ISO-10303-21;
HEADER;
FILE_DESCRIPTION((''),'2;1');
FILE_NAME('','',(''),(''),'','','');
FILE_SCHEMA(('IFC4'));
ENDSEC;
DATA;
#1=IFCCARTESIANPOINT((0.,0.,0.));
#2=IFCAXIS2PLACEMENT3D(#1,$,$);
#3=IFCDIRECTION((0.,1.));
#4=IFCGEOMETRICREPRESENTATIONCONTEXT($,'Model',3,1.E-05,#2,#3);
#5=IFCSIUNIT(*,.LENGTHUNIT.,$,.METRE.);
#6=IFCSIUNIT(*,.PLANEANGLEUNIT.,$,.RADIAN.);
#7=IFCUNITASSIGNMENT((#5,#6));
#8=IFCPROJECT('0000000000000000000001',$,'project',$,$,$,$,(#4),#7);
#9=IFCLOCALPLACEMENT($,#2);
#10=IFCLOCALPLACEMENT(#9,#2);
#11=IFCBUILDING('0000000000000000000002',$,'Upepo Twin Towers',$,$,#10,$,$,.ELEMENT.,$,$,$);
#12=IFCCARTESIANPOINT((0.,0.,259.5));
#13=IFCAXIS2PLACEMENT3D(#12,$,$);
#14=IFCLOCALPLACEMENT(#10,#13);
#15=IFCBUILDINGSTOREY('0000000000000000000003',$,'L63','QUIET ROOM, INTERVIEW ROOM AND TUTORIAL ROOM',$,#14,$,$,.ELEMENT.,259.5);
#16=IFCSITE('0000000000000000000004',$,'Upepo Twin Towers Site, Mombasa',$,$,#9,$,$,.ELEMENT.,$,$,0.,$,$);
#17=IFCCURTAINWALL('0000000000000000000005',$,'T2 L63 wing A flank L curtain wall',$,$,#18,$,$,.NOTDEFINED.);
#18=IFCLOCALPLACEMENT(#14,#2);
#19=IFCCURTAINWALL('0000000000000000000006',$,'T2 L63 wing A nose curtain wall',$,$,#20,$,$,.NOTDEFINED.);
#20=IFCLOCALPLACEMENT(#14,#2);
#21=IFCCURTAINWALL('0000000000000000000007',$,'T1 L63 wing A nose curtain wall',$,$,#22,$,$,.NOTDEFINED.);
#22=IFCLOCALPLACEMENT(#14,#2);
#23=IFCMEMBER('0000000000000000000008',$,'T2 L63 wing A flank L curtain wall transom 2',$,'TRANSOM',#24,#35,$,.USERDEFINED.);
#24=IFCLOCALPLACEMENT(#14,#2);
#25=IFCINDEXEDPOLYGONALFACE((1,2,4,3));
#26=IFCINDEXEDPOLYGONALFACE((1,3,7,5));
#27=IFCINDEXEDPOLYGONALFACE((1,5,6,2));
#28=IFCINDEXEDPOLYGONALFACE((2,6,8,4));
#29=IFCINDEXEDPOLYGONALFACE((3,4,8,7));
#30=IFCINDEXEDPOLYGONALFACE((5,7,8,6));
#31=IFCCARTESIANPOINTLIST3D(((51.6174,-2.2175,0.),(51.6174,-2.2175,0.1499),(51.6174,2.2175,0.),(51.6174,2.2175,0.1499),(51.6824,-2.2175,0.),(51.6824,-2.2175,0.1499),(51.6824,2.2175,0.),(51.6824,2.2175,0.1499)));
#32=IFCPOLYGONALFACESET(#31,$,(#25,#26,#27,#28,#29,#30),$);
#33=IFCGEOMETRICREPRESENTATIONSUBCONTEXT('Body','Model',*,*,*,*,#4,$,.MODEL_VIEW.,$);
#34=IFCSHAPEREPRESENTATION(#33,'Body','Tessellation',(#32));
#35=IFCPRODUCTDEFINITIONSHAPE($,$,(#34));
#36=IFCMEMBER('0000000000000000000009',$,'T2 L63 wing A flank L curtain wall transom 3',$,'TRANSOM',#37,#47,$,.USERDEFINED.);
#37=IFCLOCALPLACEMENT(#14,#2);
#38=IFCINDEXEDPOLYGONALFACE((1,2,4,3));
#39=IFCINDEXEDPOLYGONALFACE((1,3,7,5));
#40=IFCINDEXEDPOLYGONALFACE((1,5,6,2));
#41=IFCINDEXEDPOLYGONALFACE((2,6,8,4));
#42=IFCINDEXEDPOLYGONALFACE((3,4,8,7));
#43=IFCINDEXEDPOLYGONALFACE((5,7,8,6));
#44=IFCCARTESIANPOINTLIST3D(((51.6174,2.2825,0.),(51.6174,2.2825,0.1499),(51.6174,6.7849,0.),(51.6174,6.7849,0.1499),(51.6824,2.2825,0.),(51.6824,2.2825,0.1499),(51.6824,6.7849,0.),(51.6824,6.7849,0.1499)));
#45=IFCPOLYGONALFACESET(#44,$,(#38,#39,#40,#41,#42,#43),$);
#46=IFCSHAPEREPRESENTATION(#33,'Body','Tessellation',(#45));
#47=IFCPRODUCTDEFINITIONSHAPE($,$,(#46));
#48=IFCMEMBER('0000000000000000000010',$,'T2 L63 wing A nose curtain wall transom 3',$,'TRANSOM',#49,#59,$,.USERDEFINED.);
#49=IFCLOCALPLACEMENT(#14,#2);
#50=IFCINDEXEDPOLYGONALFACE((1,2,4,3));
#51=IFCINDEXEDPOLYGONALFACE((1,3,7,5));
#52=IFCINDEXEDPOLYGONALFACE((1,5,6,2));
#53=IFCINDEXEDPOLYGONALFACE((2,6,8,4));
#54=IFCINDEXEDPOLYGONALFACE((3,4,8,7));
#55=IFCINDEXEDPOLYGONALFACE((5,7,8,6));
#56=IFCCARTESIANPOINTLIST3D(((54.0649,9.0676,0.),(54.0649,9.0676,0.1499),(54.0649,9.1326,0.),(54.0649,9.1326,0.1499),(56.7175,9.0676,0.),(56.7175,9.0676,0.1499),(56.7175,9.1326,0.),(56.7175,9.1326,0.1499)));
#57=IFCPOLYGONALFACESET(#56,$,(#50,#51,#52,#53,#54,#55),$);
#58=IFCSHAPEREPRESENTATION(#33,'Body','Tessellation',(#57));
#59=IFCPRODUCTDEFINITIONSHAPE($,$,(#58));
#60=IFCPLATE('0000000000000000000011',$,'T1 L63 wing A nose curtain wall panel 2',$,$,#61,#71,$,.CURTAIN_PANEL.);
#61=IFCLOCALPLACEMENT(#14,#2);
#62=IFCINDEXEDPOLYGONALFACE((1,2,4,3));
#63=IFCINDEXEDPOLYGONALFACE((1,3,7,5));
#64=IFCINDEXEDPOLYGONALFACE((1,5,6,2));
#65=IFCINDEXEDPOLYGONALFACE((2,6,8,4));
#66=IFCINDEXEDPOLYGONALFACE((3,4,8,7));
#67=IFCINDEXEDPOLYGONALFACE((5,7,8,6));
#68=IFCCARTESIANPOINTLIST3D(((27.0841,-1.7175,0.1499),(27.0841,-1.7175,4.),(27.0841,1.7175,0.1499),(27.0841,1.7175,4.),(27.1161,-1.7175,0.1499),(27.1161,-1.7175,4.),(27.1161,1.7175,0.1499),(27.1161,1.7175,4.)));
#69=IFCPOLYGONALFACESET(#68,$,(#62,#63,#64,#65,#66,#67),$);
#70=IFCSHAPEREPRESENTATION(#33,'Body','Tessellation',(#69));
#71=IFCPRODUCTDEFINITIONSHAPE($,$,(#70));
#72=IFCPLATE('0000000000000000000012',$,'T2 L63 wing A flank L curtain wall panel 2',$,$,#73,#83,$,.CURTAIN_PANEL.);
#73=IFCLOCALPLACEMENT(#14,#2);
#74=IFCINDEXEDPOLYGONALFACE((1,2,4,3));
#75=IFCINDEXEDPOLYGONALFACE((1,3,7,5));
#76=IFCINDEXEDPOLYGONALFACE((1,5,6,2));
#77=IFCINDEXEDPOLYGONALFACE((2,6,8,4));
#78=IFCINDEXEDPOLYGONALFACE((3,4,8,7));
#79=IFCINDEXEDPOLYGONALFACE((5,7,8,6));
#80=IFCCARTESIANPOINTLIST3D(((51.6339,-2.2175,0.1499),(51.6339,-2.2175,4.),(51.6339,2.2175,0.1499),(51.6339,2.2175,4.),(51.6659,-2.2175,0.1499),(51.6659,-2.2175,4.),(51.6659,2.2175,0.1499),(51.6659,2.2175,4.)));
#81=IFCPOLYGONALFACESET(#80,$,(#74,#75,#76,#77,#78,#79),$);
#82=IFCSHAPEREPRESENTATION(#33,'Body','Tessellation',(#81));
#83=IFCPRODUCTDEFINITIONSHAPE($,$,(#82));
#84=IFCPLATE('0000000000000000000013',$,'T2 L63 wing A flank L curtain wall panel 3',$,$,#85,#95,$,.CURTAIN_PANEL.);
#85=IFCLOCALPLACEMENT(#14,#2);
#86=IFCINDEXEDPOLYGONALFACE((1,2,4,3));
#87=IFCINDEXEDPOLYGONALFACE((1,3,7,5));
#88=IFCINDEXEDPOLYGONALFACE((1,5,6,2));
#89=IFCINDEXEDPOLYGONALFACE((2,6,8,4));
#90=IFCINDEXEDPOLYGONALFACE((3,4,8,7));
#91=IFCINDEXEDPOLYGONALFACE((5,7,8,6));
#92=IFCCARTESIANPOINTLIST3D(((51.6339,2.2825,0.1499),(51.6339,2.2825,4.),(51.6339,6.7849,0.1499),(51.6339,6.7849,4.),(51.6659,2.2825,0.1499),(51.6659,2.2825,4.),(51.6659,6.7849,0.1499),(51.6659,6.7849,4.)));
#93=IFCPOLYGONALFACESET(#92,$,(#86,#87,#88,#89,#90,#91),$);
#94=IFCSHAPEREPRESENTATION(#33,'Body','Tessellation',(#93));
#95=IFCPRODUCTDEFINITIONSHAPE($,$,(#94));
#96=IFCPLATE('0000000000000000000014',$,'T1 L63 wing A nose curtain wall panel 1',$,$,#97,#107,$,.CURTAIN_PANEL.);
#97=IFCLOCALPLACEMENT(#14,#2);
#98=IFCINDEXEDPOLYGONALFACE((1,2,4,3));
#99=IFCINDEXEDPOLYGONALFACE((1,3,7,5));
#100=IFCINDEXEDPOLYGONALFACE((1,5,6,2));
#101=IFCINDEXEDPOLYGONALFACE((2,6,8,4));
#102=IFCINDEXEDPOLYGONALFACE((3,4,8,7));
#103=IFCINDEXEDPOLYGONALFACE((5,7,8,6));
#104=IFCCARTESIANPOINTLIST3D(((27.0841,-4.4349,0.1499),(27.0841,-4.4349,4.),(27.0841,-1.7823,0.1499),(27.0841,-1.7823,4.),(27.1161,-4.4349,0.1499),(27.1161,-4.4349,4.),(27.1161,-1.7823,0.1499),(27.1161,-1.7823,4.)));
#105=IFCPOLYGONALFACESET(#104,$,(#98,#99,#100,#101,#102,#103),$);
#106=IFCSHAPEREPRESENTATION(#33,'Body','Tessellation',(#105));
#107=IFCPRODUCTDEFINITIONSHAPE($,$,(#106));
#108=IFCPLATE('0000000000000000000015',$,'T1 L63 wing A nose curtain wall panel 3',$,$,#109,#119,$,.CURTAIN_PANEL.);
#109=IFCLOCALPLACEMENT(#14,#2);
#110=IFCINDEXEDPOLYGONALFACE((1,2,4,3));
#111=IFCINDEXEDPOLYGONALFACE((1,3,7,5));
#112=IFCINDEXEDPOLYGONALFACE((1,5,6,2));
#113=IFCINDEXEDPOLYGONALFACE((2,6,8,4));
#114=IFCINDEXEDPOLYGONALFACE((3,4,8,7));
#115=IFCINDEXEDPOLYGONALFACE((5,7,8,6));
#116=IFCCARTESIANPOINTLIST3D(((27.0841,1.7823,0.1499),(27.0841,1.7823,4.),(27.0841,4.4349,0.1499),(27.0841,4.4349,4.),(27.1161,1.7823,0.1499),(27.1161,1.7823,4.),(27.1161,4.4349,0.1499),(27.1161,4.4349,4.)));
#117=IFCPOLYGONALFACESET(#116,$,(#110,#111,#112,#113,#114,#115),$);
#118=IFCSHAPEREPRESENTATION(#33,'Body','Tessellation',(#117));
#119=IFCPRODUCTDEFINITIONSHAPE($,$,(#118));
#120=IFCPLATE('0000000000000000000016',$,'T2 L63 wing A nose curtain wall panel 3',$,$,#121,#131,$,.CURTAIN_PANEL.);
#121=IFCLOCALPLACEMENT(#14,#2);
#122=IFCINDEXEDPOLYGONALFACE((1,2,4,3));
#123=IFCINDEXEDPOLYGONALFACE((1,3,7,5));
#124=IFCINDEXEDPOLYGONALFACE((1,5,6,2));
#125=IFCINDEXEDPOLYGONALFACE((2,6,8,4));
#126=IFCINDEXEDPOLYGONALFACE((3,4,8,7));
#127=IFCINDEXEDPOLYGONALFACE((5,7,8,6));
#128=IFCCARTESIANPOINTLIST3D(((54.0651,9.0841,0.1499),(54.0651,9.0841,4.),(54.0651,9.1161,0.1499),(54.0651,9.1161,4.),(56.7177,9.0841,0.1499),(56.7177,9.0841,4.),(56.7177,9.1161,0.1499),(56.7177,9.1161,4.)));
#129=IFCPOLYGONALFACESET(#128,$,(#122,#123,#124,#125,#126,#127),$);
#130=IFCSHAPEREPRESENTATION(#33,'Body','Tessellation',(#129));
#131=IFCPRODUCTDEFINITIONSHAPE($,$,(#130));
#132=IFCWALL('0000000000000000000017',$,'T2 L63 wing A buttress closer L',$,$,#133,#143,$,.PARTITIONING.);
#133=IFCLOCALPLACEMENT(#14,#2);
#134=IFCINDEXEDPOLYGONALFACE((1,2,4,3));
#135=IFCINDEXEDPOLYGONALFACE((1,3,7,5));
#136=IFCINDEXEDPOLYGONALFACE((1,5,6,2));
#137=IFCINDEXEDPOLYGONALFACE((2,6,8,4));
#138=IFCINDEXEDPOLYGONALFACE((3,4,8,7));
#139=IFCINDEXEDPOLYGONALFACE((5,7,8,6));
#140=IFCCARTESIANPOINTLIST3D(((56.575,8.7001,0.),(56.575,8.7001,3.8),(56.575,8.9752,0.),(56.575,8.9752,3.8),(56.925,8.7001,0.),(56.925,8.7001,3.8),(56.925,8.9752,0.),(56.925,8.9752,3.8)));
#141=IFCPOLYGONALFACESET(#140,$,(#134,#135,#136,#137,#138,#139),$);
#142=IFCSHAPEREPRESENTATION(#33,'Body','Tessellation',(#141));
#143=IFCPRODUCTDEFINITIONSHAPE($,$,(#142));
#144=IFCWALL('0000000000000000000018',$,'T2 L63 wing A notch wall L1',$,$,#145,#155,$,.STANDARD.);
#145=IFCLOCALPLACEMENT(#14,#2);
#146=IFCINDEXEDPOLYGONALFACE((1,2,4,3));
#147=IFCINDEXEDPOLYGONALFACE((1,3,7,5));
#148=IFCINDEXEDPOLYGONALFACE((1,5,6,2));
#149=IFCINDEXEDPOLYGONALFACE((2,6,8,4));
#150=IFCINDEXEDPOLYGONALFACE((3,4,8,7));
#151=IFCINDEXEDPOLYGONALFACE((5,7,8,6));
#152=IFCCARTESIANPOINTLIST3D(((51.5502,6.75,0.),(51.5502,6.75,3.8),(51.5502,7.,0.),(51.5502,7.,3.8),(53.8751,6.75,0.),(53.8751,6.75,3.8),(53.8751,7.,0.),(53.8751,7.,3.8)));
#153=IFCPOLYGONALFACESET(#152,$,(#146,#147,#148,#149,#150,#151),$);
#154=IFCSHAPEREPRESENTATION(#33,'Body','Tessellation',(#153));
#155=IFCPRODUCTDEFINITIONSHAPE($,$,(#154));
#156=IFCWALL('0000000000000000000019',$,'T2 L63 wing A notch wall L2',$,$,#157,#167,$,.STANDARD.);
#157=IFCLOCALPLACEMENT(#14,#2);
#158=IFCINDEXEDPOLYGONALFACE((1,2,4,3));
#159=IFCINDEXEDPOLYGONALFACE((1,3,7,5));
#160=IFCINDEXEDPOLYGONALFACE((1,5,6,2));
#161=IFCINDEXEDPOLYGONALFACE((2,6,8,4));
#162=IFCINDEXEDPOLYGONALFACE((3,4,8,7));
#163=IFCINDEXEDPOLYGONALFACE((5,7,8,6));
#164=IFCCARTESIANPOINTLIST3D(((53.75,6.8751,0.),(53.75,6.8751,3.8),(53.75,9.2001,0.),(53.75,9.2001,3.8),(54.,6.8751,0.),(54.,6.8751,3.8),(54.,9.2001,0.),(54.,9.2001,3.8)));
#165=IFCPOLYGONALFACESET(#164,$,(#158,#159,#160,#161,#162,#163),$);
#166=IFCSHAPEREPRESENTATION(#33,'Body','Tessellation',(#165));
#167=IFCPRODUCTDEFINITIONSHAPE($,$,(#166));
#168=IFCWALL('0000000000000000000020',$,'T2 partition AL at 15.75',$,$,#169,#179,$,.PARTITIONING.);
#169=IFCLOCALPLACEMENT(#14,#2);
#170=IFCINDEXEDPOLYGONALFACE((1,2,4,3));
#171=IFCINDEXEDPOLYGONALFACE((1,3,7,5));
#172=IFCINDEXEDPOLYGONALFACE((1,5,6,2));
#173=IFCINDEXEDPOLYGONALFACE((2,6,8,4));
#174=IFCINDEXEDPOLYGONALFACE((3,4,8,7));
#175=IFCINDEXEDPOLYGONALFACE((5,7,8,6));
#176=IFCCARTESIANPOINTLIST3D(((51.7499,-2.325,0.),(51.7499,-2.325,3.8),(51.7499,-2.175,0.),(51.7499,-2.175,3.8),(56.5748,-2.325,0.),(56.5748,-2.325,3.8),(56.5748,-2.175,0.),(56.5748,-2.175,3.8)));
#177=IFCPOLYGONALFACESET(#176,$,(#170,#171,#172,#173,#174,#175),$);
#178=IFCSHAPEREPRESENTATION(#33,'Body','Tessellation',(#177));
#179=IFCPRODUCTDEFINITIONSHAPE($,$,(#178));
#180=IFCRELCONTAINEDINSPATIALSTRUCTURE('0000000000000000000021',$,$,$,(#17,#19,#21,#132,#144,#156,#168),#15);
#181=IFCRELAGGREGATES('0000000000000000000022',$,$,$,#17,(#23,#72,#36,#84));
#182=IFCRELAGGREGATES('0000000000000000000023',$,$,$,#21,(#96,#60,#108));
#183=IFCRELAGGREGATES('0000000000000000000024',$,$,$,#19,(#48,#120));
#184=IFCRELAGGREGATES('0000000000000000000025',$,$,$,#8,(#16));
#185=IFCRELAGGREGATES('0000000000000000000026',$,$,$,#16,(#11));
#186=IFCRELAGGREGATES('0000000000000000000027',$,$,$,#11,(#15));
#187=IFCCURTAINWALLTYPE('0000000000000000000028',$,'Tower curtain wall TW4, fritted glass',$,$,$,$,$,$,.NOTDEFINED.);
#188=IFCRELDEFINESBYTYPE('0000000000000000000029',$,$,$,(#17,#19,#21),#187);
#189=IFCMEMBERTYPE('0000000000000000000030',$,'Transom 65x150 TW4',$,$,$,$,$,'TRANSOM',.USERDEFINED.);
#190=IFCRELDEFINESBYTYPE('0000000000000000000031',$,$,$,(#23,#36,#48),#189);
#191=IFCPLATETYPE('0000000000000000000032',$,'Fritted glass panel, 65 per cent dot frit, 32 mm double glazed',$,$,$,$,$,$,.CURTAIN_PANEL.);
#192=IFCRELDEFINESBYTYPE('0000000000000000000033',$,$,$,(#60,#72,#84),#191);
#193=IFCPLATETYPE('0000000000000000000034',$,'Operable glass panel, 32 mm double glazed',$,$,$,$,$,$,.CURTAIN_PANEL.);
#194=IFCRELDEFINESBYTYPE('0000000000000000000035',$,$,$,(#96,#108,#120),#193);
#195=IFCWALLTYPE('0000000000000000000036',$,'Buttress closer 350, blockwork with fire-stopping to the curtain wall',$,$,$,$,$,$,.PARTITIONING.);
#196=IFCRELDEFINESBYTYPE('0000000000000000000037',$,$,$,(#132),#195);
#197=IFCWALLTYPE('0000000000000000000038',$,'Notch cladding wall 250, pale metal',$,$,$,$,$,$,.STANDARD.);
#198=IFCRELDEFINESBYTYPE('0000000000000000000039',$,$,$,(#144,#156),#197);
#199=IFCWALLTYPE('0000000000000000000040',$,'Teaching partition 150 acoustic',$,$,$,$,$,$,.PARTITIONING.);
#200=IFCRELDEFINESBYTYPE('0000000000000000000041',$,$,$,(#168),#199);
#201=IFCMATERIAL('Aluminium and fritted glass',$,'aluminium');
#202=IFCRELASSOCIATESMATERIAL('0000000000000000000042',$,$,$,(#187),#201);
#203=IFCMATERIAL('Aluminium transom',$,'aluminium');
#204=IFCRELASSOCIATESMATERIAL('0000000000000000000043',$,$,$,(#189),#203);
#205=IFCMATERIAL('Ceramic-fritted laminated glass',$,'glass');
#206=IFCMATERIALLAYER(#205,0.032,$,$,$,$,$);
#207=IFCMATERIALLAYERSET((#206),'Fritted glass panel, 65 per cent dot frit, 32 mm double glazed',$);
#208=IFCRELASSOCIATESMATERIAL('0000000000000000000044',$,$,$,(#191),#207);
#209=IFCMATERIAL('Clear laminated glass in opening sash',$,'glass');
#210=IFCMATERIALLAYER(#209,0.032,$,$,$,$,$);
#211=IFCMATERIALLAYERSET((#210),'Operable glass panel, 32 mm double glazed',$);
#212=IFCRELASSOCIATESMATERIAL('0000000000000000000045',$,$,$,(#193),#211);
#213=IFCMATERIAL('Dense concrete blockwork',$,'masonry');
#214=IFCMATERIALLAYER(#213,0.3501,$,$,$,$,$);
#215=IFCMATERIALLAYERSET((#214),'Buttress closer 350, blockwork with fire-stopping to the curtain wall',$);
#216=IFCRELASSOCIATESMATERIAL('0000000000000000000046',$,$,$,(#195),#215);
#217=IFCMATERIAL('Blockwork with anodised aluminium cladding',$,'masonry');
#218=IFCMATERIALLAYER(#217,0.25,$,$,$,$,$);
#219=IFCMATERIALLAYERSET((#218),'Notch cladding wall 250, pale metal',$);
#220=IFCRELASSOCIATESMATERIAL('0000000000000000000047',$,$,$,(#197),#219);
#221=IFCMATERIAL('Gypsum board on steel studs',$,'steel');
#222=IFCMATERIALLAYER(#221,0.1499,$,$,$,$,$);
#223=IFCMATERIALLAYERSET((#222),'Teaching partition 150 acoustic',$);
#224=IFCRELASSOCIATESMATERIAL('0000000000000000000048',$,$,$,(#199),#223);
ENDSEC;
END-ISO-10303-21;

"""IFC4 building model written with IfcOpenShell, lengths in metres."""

from ifc_helpers import new_model, si_unit, direction, frame, frame_2d, origin, origin_2d, place, context, subcontext, project, spatial, rectangle, extrude, material, layer, layer_set, material_profile, profile_set, type_object, element, aggregate, save


model = new_model("IFC4")

# Units and contexts
model_context = context("Model", 3, precision=1e-05, world=origin(), true_north=direction((0.0, 1.0)))
body_context = subcontext(model_context, "Body", "Model", "MODEL_VIEW")
ifc_project = project(units=[si_unit("LENGTHUNIT", "METRE"), si_unit("PLANEANGLEUNIT", "RADIAN")], contexts=[model_context])

# Site, building, storey
site_placement = place(None, origin())
site = spatial("IfcSite", under=ifc_project, at=site_placement, Name="Upepo Twin Towers Site, Mombasa", CompositionType="ELEMENT", RefElevation=0.0)
building_placement = place(site_placement, origin())
building = spatial("IfcBuilding", under=site, at=building_placement, Name="Upepo Twin Towers", CompositionType="ELEMENT")
storey_placement = place(building_placement, frame((0.0, 0.0, 259.5)))
storey = spatial("IfcBuildingStorey", under=building, at=storey_placement, Name="L63", Description="QUIET ROOM, INTERVIEW ROOM AND TUTORIAL ROOM", CompositionType="ELEMENT", Elevation=259.5)

# Curtain walls
ifc_material_1 = material(Name="Aluminium and fritted glass", Category="aluminium")
curtain_wall_type = type_object("IfcCurtainWallType", Name="Tower curtain wall TW4, fritted glass", PredefinedType="NOTDEFINED", material=ifc_material_1)
curtain_wall_1_placement = place(storey_placement, origin())
curtain_wall_1 = element("IfcCurtainWall", 1, at=curtain_wall_1_placement, inside=storey, type_object=curtain_wall_type, Name="T2 L63 wing A flank L curtain wall", PredefinedType="NOTDEFINED")
curtain_wall_2_placement = place(storey_placement, origin())
curtain_wall_2 = element("IfcCurtainWall", 2, at=curtain_wall_2_placement, inside=storey, type_object=curtain_wall_type, Name="T2 L63 wing A nose curtain wall", PredefinedType="NOTDEFINED")
curtain_wall_3_placement = place(storey_placement, origin())
curtain_wall_3 = element("IfcCurtainWall", 3, at=curtain_wall_3_placement, inside=storey, type_object=curtain_wall_type, Name="T1 L63 wing A nose curtain wall", PredefinedType="NOTDEFINED")
ifc_material_2 = material(Name="Aluminium transom", Category="aluminium")
ifc_material_profile_1 = material_profile(ifc_material_2, rectangle(XDim=0.0649, YDim=0.1499, at=origin_2d()), Name="TRANSOM 65x150")
ifc_profile_set_1 = profile_set([ifc_material_profile_1], Name="Aluminium transom")
member_type_1 = type_object("IfcMemberType", Name="Transom 65x150 TW4", ElementType="TRANSOM", PredefinedType="USERDEFINED", material=ifc_profile_set_1)

# Members
member_1_placement = place(storey_placement, frame((51.6499, -2.2175, 0.075), z_axis=(0.0, 1.0, 0.0), x_axis=(-1.0, 0.0, 0.0)))
member_1 = element("IfcMember", 4, at=member_1_placement, type_object=member_type_1, Name="T2 L63 wing A flank L curtain wall transom 2", ObjectType="TRANSOM", PredefinedType="USERDEFINED", context=body_context, shape_type="SweptSolid", body=[
    extrude(rectangle(XDim=0.0649, YDim=0.1499, at=origin_2d()), origin(), (0.0, 0.0, 1.0), 4.4351),
])
member_2_placement = place(storey_placement, frame((51.6499, 2.2825, 0.075), z_axis=(0.0, 1.0, 0.0), x_axis=(-1.0, 0.0, 0.0)))
member_2 = element("IfcMember", 5, at=member_2_placement, type_object=member_type_1, Name="T2 L63 wing A flank L curtain wall transom 3", ObjectType="TRANSOM", PredefinedType="USERDEFINED", context=body_context, shape_type="SweptSolid", body=[
    extrude(rectangle(XDim=0.0649, YDim=0.1499, at=origin_2d()), origin(), (0.0, 0.0, 1.0), 4.5024),
])
member_3_placement = place(storey_placement, frame((56.7175, 9.1001, 0.075), z_axis=(-1.0, 0.0, 0.0), x_axis=(0.0, -1.0, 0.0)))
member_3 = element("IfcMember", 6, at=member_3_placement, type_object=member_type_1, Name="T2 L63 wing A nose curtain wall transom 3", ObjectType="TRANSOM", PredefinedType="USERDEFINED", context=body_context, shape_type="SweptSolid", body=[
    extrude(rectangle(XDim=0.0649, YDim=0.1499, at=origin_2d()), origin(), (0.0, 0.0, 1.0), 2.6526),
])

# Plates
ifc_material_3 = material(Name="Ceramic-fritted laminated glass", Category="glass")
ifc_layer_1 = layer(ifc_material_3, 0.032)
ifc_layer_set_1 = layer_set([ifc_layer_1], Name="Fritted glass panel, 65 per cent dot frit, 32 mm double glazed")
plate_type_1 = type_object("IfcPlateType", Name="Fritted glass panel, 65 per cent dot frit, 32 mm double glazed", PredefinedType="CURTAIN_PANEL", material=ifc_layer_set_1)
plate_1_placement = place(storey_placement, frame((27.1001, 0.0, 0.1499), z_axis=(0.0, 0.0, 1.0), x_axis=(0.0, 1.0, 0.0)))
plate_1 = element("IfcPlate", 7, at=plate_1_placement, type_object=plate_type_1, Name="T1 L63 wing A nose curtain wall panel 2", PredefinedType="CURTAIN_PANEL", context=body_context, shape_type="SweptSolid", body=[
    extrude(rectangle(XDim=3.4351, YDim=0.032, at=origin_2d()), origin(), (0.0, 0.0, 1.0), 3.8501),
])
plate_2_placement = place(storey_placement, frame((51.6499, 0.0, 0.1499), z_axis=(0.0, 0.0, 1.0), x_axis=(0.0, 1.0, 0.0)))
plate_2 = element("IfcPlate", 8, at=plate_2_placement, type_object=plate_type_1, Name="T2 L63 wing A flank L curtain wall panel 2", PredefinedType="CURTAIN_PANEL", context=body_context, shape_type="SweptSolid", body=[
    extrude(rectangle(XDim=4.4351, YDim=0.032, at=origin_2d()), origin(), (0.0, 0.0, 1.0), 3.8501),
])
plate_3_placement = place(storey_placement, frame((51.6499, 4.5337, 0.1499), z_axis=(0.0, 0.0, 1.0), x_axis=(0.0, 1.0, 0.0)))
plate_3 = element("IfcPlate", 9, at=plate_3_placement, type_object=plate_type_1, Name="T2 L63 wing A flank L curtain wall panel 3", PredefinedType="CURTAIN_PANEL", context=body_context, shape_type="SweptSolid", body=[
    extrude(rectangle(XDim=4.5024, YDim=0.032, at=origin_2d()), origin(), (0.0, 0.0, 1.0), 3.8501),
])
aggregate(curtain_wall_1, [member_1, plate_2, member_2, plate_3])
ifc_material_4 = material(Name="Clear laminated glass in opening sash", Category="glass")
ifc_layer_2 = layer(ifc_material_4, 0.032)
ifc_layer_set_2 = layer_set([ifc_layer_2], Name="Operable glass panel, 32 mm double glazed")
plate_type_2 = type_object("IfcPlateType", Name="Operable glass panel, 32 mm double glazed", PredefinedType="CURTAIN_PANEL", material=ifc_layer_set_2)
plate_4_placement = place(storey_placement, frame((27.1001, -3.1086, 0.1499), z_axis=(0.0, 0.0, 1.0), x_axis=(0.0, 1.0, 0.0)))
plate_4 = element("IfcPlate", 10, at=plate_4_placement, type_object=plate_type_2, Name="T1 L63 wing A nose curtain wall panel 1", PredefinedType="CURTAIN_PANEL", context=body_context, shape_type="SweptSolid", body=[
    extrude(rectangle(XDim=2.6526, YDim=0.032, at=origin_2d()), origin(), (0.0, 0.0, 1.0), 3.8501),
])
plate_5_placement = place(storey_placement, frame((27.1001, 3.1086, 0.1499), z_axis=(0.0, 0.0, 1.0), x_axis=(0.0, 1.0, 0.0)))
plate_5 = element("IfcPlate", 11, at=plate_5_placement, type_object=plate_type_2, Name="T1 L63 wing A nose curtain wall panel 3", PredefinedType="CURTAIN_PANEL", context=body_context, shape_type="SweptSolid", body=[
    extrude(rectangle(XDim=2.6526, YDim=0.032, at=origin_2d()), origin(), (0.0, 0.0, 1.0), 3.8501),
])
aggregate(curtain_wall_3, [plate_4, plate_1, plate_5])
plate_6_placement = place(storey_placement, frame((55.3914, 9.1001, 0.1499), z_axis=(0.0, 0.0, 1.0), x_axis=(-1.0, 0.0, 0.0)))
plate_6 = element("IfcPlate", 12, at=plate_6_placement, type_object=plate_type_2, Name="T2 L63 wing A nose curtain wall panel 3", PredefinedType="CURTAIN_PANEL", context=body_context, shape_type="SweptSolid", body=[
    extrude(rectangle(XDim=2.6526, YDim=0.032, at=origin_2d()), origin(), (0.0, 0.0, 1.0), 3.8501),
])
aggregate(curtain_wall_2, [member_3, plate_6])

# Walls
ifc_material_5 = material(Name="Dense concrete blockwork", Category="masonry")
ifc_layer_3 = layer(ifc_material_5, 0.3501)
ifc_layer_set_3 = layer_set([ifc_layer_3], Name="Buttress closer 350, blockwork with fire-stopping to the curtain wall")
wall_type_1 = type_object("IfcWallType", Name="Buttress closer 350, blockwork with fire-stopping to the curtain wall", PredefinedType="PARTITIONING", material=ifc_layer_set_3)
wall_1_placement = place(storey_placement, frame((56.75, 8.7, 0.0), z_axis=(0.0, 0.0, 1.0), x_axis=(0.0, 1.0, 0.0)))
element("IfcWall", 13, at=wall_1_placement, inside=storey, type_object=wall_type_1, Name="T2 L63 wing A buttress closer L", PredefinedType="PARTITIONING", context=body_context, shape_type="SweptSolid", body=[
    extrude(rectangle(XDim=0.2751, YDim=0.3501, at=frame_2d((0.1377, 0.0))), origin(), (0.0, 0.0, 1.0), 3.8),
])
ifc_material_6 = material(Name="Blockwork with anodised aluminium cladding", Category="masonry")
ifc_layer_4 = layer(ifc_material_6, 0.25)
ifc_layer_set_4 = layer_set([ifc_layer_4], Name="Notch cladding wall 250, pale metal")
wall_type_2 = type_object("IfcWallType", Name="Notch cladding wall 250, pale metal", PredefinedType="STANDARD", material=ifc_layer_set_4)
for number, where, z_axis, x_axis, name in (
    (14, (51.55, 6.875, 0.0), (0.0, 0.0, 1.0), (1.0, 0.0, 0.0), "T2 L63 wing A notch wall L1"),
    (15, (53.875, 6.875, 0.0), (0.0, 0.0, 1.0), (0.0, 1.0, 0.0), "T2 L63 wing A notch wall L2"),
):
    element("IfcWall", number, at=place(storey_placement, frame(where, z_axis=z_axis, x_axis=x_axis)), inside=storey, type_object=wall_type_2, Name=name, PredefinedType="STANDARD", context=body_context, shape_type="SweptSolid", body=[
        extrude(rectangle(XDim=2.325, YDim=0.25, at=frame_2d((1.1626, 0.0))), origin(), (0.0, 0.0, 1.0), 3.8),
    ])
ifc_material_7 = material(Name="Gypsum board on steel studs", Category="steel")
ifc_layer_5 = layer(ifc_material_7, 0.1499)
ifc_layer_set_5 = layer_set([ifc_layer_5], Name="Teaching partition 150 acoustic")
wall_type_3 = type_object("IfcWallType", Name="Teaching partition 150 acoustic", PredefinedType="PARTITIONING", material=ifc_layer_set_5)
wall_2_placement = place(storey_placement, frame((56.575, -2.25, 0.0), z_axis=(0.0, 0.0, 1.0), x_axis=(-1.0, 0.0, 0.0)))
element("IfcWall", 16, at=wall_2_placement, inside=storey, type_object=wall_type_3, Name="T2 partition AL at 15.75", PredefinedType="PARTITIONING", context=body_context, shape_type="SweptSolid", body=[
    extrude(rectangle(XDim=4.825, YDim=0.1499, at=frame_2d((2.4126, 0.0))), origin(), (0.0, 0.0, 1.0), 3.8),
])

save(model, "model.ifc")
